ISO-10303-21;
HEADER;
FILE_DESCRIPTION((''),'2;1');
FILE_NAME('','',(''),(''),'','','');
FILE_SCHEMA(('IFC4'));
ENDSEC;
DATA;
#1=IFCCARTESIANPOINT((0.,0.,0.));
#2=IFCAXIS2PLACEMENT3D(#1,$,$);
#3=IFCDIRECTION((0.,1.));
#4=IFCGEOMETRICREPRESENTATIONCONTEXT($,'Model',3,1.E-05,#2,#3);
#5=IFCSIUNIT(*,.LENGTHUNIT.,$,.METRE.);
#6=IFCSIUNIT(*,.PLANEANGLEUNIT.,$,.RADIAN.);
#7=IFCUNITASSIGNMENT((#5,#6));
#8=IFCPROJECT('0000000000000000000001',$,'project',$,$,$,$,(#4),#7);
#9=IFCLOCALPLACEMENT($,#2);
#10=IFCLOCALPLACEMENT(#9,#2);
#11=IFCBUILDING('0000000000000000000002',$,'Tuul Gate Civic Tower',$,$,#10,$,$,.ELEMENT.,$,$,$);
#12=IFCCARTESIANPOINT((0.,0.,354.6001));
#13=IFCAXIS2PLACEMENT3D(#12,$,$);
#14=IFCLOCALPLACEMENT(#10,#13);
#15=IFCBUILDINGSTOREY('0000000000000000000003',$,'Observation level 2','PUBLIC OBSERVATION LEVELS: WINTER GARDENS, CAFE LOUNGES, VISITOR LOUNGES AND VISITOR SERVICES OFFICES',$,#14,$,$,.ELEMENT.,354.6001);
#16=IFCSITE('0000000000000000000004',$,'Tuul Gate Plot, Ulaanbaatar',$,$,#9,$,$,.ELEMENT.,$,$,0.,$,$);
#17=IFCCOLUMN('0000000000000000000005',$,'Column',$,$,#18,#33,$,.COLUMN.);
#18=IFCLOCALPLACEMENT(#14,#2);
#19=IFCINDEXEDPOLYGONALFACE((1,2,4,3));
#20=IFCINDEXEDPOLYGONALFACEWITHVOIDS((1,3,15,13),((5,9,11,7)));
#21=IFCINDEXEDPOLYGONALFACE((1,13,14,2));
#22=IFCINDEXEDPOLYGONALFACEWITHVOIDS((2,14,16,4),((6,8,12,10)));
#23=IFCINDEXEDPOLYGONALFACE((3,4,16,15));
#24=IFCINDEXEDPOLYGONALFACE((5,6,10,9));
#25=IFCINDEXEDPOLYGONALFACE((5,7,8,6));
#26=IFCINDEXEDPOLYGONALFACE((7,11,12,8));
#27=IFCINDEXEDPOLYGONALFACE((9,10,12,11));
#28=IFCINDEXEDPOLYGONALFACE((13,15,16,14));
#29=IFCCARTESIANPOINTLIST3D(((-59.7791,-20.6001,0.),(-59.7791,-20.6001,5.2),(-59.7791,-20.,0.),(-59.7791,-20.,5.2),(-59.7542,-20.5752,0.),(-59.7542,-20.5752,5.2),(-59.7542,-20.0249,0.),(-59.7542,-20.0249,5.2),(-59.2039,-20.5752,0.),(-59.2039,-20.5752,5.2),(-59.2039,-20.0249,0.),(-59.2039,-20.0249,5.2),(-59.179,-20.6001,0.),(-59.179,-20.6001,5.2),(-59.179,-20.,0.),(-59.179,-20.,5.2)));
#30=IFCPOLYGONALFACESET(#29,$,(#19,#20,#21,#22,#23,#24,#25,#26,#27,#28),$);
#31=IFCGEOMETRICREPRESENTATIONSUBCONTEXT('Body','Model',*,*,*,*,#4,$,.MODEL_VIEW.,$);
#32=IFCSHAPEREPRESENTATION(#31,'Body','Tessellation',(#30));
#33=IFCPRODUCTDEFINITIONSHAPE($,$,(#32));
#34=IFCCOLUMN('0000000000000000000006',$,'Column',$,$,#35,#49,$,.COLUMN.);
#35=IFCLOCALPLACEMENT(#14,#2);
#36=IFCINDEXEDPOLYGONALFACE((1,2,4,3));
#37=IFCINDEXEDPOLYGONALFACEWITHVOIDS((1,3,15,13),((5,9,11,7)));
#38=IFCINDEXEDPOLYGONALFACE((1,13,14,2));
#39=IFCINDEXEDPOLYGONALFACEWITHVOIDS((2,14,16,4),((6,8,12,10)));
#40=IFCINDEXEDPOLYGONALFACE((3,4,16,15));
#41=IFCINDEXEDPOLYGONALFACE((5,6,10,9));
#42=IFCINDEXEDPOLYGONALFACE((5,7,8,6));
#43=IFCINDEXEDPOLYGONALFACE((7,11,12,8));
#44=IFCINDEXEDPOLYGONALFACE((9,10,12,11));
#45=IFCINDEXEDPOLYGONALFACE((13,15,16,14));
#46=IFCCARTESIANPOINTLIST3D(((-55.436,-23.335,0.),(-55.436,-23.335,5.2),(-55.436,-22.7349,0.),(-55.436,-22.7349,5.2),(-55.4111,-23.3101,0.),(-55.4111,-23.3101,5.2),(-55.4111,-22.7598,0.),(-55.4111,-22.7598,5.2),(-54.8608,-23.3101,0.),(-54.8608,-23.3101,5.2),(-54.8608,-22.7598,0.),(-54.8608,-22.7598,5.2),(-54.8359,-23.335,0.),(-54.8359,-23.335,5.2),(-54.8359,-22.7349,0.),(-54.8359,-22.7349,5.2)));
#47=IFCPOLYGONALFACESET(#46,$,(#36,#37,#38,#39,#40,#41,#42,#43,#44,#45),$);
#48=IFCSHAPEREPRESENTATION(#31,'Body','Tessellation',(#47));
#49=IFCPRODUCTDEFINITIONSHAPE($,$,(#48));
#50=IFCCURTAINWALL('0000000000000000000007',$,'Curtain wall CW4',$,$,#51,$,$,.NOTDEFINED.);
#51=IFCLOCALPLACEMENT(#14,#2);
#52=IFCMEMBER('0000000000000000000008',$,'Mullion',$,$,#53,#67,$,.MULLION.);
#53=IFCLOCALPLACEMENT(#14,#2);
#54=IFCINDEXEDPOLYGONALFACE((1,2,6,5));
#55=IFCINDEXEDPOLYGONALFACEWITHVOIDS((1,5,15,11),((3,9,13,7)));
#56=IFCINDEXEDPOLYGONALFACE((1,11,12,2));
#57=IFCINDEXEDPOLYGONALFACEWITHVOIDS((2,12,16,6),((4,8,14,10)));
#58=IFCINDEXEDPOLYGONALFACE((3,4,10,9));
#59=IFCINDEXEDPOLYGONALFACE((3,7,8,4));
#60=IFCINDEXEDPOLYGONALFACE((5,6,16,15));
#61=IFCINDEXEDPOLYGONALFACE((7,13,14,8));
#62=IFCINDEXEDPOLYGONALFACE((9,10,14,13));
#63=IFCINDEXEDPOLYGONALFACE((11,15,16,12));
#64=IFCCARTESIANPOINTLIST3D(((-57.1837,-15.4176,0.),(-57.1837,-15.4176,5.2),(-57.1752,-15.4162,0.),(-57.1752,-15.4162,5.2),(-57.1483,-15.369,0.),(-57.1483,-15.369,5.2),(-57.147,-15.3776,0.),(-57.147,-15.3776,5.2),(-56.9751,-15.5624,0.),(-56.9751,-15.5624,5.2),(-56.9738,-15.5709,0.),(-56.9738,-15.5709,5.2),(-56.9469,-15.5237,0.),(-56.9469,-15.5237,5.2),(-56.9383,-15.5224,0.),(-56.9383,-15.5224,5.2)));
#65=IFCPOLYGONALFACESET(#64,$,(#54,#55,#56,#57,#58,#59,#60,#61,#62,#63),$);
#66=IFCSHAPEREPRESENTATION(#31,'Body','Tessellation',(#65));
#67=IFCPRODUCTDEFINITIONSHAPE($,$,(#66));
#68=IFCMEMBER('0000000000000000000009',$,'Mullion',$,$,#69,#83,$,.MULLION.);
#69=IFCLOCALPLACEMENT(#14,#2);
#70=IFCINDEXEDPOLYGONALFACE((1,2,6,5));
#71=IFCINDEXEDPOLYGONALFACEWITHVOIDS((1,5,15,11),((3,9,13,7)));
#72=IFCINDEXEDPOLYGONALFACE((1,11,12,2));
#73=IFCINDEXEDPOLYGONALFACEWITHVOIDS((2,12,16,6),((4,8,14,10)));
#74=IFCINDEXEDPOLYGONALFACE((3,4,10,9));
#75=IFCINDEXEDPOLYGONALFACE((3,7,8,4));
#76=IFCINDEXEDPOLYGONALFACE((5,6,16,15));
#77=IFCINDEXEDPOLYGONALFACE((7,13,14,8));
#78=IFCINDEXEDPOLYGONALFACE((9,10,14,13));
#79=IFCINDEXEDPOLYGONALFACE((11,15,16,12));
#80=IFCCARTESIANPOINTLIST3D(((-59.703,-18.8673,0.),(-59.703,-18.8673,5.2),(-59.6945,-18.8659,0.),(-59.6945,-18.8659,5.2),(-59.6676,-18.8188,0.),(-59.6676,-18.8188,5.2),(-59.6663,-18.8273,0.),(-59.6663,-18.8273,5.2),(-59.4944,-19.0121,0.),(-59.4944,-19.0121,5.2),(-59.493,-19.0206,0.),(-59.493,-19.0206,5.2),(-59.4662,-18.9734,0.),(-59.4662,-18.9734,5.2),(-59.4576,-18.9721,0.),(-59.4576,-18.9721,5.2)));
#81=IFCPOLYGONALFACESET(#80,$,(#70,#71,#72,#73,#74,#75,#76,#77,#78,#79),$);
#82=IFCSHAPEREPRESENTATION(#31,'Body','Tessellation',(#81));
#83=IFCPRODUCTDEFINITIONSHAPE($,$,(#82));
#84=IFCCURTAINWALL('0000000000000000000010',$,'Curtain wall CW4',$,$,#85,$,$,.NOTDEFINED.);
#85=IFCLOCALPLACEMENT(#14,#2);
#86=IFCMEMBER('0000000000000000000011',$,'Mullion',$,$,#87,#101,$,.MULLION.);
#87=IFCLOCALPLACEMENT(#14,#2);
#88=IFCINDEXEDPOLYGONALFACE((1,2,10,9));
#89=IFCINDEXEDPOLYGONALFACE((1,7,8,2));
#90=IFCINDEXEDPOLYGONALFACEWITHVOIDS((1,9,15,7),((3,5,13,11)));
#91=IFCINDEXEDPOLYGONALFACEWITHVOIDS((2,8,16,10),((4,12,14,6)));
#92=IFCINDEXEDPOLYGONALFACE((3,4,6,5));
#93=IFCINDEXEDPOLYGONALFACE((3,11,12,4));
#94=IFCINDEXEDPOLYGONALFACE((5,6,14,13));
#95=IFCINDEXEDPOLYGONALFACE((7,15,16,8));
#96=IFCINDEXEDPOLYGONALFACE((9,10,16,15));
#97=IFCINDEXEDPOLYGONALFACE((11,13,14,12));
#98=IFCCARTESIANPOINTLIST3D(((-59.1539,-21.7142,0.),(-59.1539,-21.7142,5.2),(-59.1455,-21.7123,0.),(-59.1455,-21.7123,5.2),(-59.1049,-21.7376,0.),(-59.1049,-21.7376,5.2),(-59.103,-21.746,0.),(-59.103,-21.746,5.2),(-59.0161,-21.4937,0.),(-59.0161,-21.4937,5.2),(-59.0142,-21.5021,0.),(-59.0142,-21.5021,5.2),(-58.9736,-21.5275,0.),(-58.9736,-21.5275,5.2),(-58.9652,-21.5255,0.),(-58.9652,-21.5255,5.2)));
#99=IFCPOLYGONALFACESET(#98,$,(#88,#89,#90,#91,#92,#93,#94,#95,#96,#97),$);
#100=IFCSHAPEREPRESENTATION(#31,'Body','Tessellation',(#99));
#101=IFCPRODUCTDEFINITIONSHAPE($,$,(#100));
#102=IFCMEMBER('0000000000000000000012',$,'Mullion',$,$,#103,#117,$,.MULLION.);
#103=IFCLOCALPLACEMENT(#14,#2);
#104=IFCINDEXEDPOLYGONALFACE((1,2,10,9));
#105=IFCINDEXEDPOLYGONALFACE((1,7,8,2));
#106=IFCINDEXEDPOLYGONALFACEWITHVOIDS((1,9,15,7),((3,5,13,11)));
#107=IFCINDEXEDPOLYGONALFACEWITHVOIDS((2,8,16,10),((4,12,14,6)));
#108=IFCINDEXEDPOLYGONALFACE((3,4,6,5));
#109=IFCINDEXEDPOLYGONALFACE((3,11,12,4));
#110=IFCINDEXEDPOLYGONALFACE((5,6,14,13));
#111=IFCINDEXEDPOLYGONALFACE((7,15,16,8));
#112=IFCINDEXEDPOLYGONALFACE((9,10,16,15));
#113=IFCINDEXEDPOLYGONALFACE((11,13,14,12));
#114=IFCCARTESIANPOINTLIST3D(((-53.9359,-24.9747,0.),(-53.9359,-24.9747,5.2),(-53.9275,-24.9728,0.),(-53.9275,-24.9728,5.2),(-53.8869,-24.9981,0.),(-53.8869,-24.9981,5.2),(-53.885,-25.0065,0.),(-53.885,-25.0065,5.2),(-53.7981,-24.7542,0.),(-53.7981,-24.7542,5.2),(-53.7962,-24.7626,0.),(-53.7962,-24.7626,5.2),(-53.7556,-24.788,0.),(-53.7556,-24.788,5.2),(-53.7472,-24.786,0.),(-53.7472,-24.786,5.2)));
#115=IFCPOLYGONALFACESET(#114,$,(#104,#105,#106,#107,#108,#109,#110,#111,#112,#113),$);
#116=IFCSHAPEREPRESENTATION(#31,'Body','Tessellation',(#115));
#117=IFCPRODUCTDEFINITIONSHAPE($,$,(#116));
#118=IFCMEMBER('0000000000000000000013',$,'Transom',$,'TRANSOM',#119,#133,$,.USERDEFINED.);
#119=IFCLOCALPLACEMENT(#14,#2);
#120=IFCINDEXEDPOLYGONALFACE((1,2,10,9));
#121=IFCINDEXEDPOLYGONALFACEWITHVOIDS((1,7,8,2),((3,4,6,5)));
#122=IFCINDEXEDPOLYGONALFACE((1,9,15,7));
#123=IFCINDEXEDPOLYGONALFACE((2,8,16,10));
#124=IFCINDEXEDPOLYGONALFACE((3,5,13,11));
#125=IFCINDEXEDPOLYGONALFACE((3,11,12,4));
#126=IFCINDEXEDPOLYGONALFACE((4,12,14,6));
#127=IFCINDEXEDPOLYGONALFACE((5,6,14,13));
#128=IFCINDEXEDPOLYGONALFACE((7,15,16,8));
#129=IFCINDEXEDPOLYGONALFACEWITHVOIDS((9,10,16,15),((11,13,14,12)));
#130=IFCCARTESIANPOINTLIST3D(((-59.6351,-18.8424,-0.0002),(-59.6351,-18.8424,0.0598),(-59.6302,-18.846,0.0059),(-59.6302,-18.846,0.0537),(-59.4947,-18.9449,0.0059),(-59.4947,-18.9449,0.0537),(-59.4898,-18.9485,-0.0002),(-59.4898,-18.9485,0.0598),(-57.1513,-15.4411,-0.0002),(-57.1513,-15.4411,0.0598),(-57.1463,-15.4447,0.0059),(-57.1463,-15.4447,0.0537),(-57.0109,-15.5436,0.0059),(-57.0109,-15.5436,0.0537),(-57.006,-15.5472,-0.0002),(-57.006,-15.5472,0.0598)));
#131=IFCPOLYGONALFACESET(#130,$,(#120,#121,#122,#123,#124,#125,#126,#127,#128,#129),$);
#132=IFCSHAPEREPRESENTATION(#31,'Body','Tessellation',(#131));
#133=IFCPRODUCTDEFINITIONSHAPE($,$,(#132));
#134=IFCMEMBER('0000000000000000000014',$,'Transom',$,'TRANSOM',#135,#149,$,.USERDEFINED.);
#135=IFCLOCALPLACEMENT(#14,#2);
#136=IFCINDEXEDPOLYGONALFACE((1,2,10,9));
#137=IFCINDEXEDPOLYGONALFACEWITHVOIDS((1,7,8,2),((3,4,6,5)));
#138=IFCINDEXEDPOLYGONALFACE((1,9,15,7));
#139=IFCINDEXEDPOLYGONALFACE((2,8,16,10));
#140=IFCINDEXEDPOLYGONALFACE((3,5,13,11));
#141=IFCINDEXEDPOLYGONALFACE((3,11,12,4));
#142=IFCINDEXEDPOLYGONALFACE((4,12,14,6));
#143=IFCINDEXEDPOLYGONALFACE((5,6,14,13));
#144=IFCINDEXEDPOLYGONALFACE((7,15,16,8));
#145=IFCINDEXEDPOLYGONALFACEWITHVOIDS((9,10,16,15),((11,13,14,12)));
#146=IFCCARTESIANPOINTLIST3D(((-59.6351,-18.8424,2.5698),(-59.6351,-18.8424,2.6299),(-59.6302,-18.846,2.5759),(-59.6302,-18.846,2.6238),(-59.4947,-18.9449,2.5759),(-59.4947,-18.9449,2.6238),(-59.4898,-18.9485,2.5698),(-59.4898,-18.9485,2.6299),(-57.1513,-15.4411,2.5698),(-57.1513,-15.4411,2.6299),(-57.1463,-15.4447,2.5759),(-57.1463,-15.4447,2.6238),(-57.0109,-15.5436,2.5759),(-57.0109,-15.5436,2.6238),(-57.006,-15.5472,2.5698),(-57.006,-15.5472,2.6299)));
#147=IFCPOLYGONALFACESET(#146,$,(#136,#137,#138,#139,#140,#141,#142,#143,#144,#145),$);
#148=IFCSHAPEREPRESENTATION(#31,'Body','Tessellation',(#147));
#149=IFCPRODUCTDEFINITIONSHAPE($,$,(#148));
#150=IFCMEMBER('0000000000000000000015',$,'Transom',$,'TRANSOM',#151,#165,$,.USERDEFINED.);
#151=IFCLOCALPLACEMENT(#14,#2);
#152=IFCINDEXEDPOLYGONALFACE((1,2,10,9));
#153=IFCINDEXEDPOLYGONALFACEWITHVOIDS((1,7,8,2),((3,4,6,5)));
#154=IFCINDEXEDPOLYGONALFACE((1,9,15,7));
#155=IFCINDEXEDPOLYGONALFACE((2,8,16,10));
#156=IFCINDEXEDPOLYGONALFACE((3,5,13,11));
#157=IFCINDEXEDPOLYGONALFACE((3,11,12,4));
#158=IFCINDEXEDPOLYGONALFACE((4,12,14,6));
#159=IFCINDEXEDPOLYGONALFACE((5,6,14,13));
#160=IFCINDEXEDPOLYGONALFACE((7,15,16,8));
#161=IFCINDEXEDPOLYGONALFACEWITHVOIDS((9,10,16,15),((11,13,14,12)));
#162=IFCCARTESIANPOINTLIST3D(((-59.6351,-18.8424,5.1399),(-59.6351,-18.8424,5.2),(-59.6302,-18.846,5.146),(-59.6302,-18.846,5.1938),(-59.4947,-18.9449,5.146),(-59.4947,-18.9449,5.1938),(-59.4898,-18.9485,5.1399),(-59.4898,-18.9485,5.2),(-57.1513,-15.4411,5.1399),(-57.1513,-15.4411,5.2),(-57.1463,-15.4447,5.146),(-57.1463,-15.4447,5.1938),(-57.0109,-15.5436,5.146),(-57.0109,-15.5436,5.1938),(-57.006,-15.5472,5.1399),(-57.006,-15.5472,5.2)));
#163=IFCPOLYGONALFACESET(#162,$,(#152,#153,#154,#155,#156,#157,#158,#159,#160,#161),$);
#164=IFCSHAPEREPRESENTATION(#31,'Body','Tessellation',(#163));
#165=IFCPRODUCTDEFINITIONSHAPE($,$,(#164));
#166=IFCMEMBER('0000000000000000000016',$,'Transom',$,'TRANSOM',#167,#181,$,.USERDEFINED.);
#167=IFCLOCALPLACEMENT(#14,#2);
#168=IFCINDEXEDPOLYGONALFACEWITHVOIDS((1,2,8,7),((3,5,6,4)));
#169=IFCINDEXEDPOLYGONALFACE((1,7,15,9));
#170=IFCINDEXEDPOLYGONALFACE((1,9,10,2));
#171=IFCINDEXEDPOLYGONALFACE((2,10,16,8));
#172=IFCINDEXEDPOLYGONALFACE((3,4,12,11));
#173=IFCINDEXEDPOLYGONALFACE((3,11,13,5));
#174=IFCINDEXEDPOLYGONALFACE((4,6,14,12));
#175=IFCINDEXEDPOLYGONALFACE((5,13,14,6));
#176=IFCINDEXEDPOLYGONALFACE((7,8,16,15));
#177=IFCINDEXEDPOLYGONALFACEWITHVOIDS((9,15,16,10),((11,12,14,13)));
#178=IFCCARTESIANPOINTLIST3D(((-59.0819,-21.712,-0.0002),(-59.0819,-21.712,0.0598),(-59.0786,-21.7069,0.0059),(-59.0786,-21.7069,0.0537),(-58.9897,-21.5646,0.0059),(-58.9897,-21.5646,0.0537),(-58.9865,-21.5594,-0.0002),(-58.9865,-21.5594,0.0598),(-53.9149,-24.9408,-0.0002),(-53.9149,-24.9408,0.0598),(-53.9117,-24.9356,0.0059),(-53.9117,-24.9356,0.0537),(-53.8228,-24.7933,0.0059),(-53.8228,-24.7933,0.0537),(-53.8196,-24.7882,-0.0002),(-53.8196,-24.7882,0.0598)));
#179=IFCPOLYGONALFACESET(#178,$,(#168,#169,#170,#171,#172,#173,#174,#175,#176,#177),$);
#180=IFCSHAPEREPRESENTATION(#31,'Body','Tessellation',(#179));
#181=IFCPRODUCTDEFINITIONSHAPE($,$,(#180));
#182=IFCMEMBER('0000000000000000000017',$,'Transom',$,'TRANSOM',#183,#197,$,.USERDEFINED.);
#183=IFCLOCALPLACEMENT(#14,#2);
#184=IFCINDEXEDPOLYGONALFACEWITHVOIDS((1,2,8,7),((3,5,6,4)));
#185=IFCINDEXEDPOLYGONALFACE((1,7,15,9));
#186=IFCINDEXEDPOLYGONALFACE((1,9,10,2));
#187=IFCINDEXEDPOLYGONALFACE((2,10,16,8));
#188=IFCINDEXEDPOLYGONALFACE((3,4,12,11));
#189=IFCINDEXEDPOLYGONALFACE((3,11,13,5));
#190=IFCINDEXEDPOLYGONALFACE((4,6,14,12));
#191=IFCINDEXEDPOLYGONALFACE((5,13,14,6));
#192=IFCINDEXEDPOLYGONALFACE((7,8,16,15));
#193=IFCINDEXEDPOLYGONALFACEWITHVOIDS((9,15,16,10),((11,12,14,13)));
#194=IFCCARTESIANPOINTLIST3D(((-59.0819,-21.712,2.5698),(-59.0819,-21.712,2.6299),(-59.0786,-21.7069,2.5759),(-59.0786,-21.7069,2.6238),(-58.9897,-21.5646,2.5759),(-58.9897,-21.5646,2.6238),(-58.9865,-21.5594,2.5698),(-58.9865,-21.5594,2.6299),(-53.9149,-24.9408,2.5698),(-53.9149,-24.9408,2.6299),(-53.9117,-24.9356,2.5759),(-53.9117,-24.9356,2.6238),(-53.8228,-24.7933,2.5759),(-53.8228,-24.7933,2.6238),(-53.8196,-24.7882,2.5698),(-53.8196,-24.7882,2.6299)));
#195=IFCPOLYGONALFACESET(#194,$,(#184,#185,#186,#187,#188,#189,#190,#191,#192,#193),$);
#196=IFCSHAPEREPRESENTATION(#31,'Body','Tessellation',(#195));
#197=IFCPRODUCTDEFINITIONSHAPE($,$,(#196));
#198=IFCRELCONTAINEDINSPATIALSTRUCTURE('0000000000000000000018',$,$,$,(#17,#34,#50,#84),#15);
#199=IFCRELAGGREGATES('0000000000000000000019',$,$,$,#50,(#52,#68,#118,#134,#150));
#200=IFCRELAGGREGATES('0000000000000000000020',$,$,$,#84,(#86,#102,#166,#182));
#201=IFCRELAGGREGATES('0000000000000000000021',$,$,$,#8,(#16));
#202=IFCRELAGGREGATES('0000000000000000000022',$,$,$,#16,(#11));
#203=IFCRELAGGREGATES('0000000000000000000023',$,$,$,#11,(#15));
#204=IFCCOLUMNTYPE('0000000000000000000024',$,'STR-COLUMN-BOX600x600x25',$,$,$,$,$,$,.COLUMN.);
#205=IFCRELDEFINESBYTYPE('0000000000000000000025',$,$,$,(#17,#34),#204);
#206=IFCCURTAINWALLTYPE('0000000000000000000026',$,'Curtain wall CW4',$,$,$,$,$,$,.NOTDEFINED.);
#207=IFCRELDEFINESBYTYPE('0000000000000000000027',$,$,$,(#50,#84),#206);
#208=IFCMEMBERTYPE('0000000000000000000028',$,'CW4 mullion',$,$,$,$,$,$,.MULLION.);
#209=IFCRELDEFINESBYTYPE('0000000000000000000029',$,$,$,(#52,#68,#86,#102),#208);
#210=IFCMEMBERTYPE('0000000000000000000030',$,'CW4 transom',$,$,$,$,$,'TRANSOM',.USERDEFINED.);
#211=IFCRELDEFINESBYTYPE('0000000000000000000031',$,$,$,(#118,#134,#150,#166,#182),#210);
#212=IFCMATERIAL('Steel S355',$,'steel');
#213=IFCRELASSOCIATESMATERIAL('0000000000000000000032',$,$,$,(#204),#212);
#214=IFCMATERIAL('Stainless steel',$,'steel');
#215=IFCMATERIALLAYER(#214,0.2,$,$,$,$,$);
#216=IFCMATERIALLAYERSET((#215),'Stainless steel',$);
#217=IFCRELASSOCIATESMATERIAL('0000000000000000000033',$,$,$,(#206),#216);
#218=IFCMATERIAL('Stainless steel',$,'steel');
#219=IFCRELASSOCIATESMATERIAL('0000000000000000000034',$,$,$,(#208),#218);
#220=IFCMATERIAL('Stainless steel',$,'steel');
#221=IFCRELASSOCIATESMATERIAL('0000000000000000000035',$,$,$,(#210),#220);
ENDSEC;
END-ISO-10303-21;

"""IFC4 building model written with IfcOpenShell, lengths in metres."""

from ifc_helpers import new_model, si_unit, direction, frame, origin, origin_2d, place, context, subcontext, project, spatial, hollow_rectangle, extrude, material, layer, layer_set, material_profile, profile_set, type_object, element, aggregate, save


model = new_model("IFC4")

# Units and contexts
model_context = context("Model", 3, precision=1e-05, world=origin(), true_north=direction((0.0, 1.0)))
body_context = subcontext(model_context, "Body", "Model", "MODEL_VIEW")
ifc_project = project(units=[si_unit("LENGTHUNIT", "METRE"), si_unit("PLANEANGLEUNIT", "RADIAN")], contexts=[model_context])

# Site, building, storey
site_placement = place(None, origin())
site = spatial("IfcSite", under=ifc_project, at=site_placement, Name="Tuul Gate Plot, Ulaanbaatar", CompositionType="ELEMENT", RefElevation=0.0)
building_placement = place(site_placement, origin())
building = spatial("IfcBuilding", under=site, at=building_placement, Name="Tuul Gate Civic Tower", CompositionType="ELEMENT")
storey_placement = place(building_placement, frame((0.0, 0.0, 354.6001)))
storey = spatial("IfcBuildingStorey", under=building, at=storey_placement, Name="Observation level 2", Description="PUBLIC OBSERVATION LEVELS: WINTER GARDENS, CAFE LOUNGES, VISITOR LOUNGES AND VISITOR SERVICES OFFICES", CompositionType="ELEMENT", Elevation=354.6001)

# Columns
ifc_material_1 = material(Name="Steel S355", Category="steel")
ifc_material_profile_1 = material_profile(ifc_material_1, hollow_rectangle(XDim=0.6001, YDim=0.6001, WallThickness=0.0249, at=origin_2d()), Name="BOX600x600x25")
ifc_profile_set_1 = profile_set([ifc_material_profile_1], Name="Steel S355")
column_type = type_object("IfcColumnType", Name="STR-COLUMN-BOX600x600x25", PredefinedType="COLUMN", material=ifc_profile_set_1)
for number, where, z_axis, x_axis, name in (
    (1, (-59.479, -20.3, 0.0), (0.0, 0.0, 1.0), (1.0, 0.0, 0.0), "Column"),
    (2, (-55.136, -23.0349, 0.0), (0.0, 0.0, 1.0), (1.0, 0.0, 0.0), "Column"),
):
    element("IfcColumn", number, at=place(storey_placement, frame(where, z_axis=z_axis, x_axis=x_axis)), inside=storey, type_object=column_type, Name=name, PredefinedType="COLUMN", context=body_context, shape_type="SweptSolid", body=[
        extrude(hollow_rectangle(XDim=0.6001, YDim=0.6001, WallThickness=0.0249, at=origin_2d()), origin(), (0.0, 0.0, 1.0), 5.2),
    ])

# Curtain walls, members
ifc_material_2 = material(Name="Stainless steel", Category="steel")
ifc_layer_1 = layer(ifc_material_2, 0.2)
ifc_layer_set_1 = layer_set([ifc_layer_1], Name="Stainless steel")
curtain_wall_type = type_object("IfcCurtainWallType", Name="Curtain wall CW4", PredefinedType="NOTDEFINED", material=ifc_layer_set_1)
curtain_wall_1_placement = place(storey_placement, origin())
curtain_wall_1 = element("IfcCurtainWall", 3, at=curtain_wall_1_placement, inside=storey, type_object=curtain_wall_type, Name="Curtain wall CW4", PredefinedType="NOTDEFINED")
ifc_material_3 = material(Name="Stainless steel", Category="steel")
ifc_material_profile_2 = material_profile(ifc_material_3, hollow_rectangle(XDim=0.26, YDim=0.0601, WallThickness=0.0061, at=origin_2d()), Name="CW4 mullion")
ifc_profile_set_2 = profile_set([ifc_material_profile_2], Name="Stainless steel")
member_type_1 = type_object("IfcMemberType", Name="CW4 mullion", PredefinedType="MULLION", material=ifc_profile_set_2)
member_1_placement = place(storey_placement, frame((-57.061, -15.47, 0.0), z_axis=(0.0, 0.0, 1.0), x_axis=(0.807578, -0.58976, 0.0)))
member_1 = element("IfcMember", 4, at=member_1_placement, type_object=member_type_1, Name="Mullion", PredefinedType="MULLION", context=body_context, shape_type="SweptSolid", body=[
    extrude(hollow_rectangle(XDim=0.26, YDim=0.0601, WallThickness=0.0061, at=origin_2d()), origin(), (0.0, 0.0, 1.0), 5.2),
])
member_2_placement = place(storey_placement, frame((-59.5803, -18.9197, 0.0), z_axis=(0.0, 0.0, 1.0), x_axis=(0.807578, -0.58976, 0.0)))
member_2 = element("IfcMember", 5, at=member_2_placement, type_object=member_type_1, Name="Mullion", PredefinedType="MULLION", context=body_context, shape_type="SweptSolid", body=[
    extrude(hollow_rectangle(XDim=0.26, YDim=0.0601, WallThickness=0.0061, at=origin_2d()), origin(), (0.0, 0.0, 1.0), 5.2),
])
curtain_wall_2_placement = place(storey_placement, origin())
curtain_wall_2 = element("IfcCurtainWall", 6, at=curtain_wall_2_placement, inside=storey, type_object=curtain_wall_type, Name="Curtain wall CW4", PredefinedType="NOTDEFINED")
member_3_placement = place(storey_placement, frame((-59.0596, -21.6199, 0.0), z_axis=(0.0, 0.0, 1.0), x_axis=(0.529912, 0.848053, 0.0)))
member_3 = element("IfcMember", 7, at=member_3_placement, type_object=member_type_1, Name="Mullion", PredefinedType="MULLION", context=body_context, shape_type="SweptSolid", body=[
    extrude(hollow_rectangle(XDim=0.26, YDim=0.0601, WallThickness=0.0061, at=origin_2d()), origin(), (0.0, 0.0, 1.0), 5.2),
])
member_4_placement = place(storey_placement, frame((-53.8416, -24.8804, 0.0), z_axis=(0.0, 0.0, 1.0), x_axis=(0.529912, 0.848053, 0.0)))
member_4 = element("IfcMember", 8, at=member_4_placement, type_object=member_type_1, Name="Mullion", PredefinedType="MULLION", context=body_context, shape_type="SweptSolid", body=[
    extrude(hollow_rectangle(XDim=0.26, YDim=0.0601, WallThickness=0.0061, at=origin_2d()), origin(), (0.0, 0.0, 1.0), 5.2),
])

# Members
ifc_material_4 = material(Name="Stainless steel", Category="steel")
ifc_material_profile_3 = material_profile(ifc_material_4, hollow_rectangle(XDim=0.1799, YDim=0.0601, WallThickness=0.0061, at=origin_2d()), Name="CW4 transom")
ifc_profile_set_3 = profile_set([ifc_material_profile_3], Name="Stainless steel")
member_type_2 = type_object("IfcMemberType", Name="CW4 transom", ElementType="TRANSOM", PredefinedType="USERDEFINED", material=ifc_profile_set_3)
member_5_placement = place(storey_placement, frame((-57.0786, -15.4941, 0.0298), z_axis=(-0.589749, -0.807586, 0.0), x_axis=(0.807586, -0.589749, 0.0)))
member_5 = element("IfcMember", 9, at=member_5_placement, type_object=member_type_2, Name="Transom", ObjectType="TRANSOM", PredefinedType="USERDEFINED", context=body_context, shape_type="SweptSolid", body=[
    extrude(hollow_rectangle(XDim=0.1799, YDim=0.0601, WallThickness=0.0061, at=origin_2d()), origin(), (0.0, 0.0, 1.0), 4.2117),
])
member_6_placement = place(storey_placement, frame((-57.0786, -15.4941, 2.5999), z_axis=(-0.589749, -0.807586, 0.0), x_axis=(0.807586, -0.589749, 0.0)))
member_6 = element("IfcMember", 10, at=member_6_placement, type_object=member_type_2, Name="Transom", ObjectType="TRANSOM", PredefinedType="USERDEFINED", context=body_context, shape_type="SweptSolid", body=[
    extrude(hollow_rectangle(XDim=0.1799, YDim=0.0601, WallThickness=0.0061, at=origin_2d()), origin(), (0.0, 0.0, 1.0), 4.2117),
])
member_7_placement = place(storey_placement, frame((-57.0786, -15.4941, 5.1699), z_axis=(-0.589749, -0.807586, 0.0), x_axis=(0.807586, -0.589749, 0.0)))
member_7 = element("IfcMember", 11, at=member_7_placement, type_object=member_type_2, Name="Transom", ObjectType="TRANSOM", PredefinedType="USERDEFINED", context=body_context, shape_type="SweptSolid", body=[
    extrude(hollow_rectangle(XDim=0.1799, YDim=0.0601, WallThickness=0.0061, at=origin_2d()), origin(), (0.0, 0.0, 1.0), 4.2117),
])
member_8_placement = place(storey_placement, frame((-59.0342, -21.6357, 0.0298), z_axis=(0.848043, -0.529927, 0.0), x_axis=(0.529927, 0.848043, 0.0)))
member_8 = element("IfcMember", 12, at=member_8_placement, type_object=member_type_2, Name="Transom", ObjectType="TRANSOM", PredefinedType="USERDEFINED", context=body_context, shape_type="SweptSolid", body=[
    extrude(hollow_rectangle(XDim=0.1799, YDim=0.0601, WallThickness=0.0061, at=origin_2d()), origin(), (0.0, 0.0, 1.0), 6.0928),
])
member_9_placement = place(storey_placement, frame((-59.0342, -21.6357, 2.5999), z_axis=(0.848043, -0.529927, 0.0), x_axis=(0.529927, 0.848043, 0.0)))
member_9 = element("IfcMember", 13, at=member_9_placement, type_object=member_type_2, Name="Transom", ObjectType="TRANSOM", PredefinedType="USERDEFINED", context=body_context, shape_type="SweptSolid", body=[
    extrude(hollow_rectangle(XDim=0.1799, YDim=0.0601, WallThickness=0.0061, at=origin_2d()), origin(), (0.0, 0.0, 1.0), 6.0928),
])

aggregate(curtain_wall_1, [member_1, member_2, member_5, member_6, member_7])
aggregate(curtain_wall_2, [member_3, member_4, member_8, member_9])

save(model, "model.ifc")
